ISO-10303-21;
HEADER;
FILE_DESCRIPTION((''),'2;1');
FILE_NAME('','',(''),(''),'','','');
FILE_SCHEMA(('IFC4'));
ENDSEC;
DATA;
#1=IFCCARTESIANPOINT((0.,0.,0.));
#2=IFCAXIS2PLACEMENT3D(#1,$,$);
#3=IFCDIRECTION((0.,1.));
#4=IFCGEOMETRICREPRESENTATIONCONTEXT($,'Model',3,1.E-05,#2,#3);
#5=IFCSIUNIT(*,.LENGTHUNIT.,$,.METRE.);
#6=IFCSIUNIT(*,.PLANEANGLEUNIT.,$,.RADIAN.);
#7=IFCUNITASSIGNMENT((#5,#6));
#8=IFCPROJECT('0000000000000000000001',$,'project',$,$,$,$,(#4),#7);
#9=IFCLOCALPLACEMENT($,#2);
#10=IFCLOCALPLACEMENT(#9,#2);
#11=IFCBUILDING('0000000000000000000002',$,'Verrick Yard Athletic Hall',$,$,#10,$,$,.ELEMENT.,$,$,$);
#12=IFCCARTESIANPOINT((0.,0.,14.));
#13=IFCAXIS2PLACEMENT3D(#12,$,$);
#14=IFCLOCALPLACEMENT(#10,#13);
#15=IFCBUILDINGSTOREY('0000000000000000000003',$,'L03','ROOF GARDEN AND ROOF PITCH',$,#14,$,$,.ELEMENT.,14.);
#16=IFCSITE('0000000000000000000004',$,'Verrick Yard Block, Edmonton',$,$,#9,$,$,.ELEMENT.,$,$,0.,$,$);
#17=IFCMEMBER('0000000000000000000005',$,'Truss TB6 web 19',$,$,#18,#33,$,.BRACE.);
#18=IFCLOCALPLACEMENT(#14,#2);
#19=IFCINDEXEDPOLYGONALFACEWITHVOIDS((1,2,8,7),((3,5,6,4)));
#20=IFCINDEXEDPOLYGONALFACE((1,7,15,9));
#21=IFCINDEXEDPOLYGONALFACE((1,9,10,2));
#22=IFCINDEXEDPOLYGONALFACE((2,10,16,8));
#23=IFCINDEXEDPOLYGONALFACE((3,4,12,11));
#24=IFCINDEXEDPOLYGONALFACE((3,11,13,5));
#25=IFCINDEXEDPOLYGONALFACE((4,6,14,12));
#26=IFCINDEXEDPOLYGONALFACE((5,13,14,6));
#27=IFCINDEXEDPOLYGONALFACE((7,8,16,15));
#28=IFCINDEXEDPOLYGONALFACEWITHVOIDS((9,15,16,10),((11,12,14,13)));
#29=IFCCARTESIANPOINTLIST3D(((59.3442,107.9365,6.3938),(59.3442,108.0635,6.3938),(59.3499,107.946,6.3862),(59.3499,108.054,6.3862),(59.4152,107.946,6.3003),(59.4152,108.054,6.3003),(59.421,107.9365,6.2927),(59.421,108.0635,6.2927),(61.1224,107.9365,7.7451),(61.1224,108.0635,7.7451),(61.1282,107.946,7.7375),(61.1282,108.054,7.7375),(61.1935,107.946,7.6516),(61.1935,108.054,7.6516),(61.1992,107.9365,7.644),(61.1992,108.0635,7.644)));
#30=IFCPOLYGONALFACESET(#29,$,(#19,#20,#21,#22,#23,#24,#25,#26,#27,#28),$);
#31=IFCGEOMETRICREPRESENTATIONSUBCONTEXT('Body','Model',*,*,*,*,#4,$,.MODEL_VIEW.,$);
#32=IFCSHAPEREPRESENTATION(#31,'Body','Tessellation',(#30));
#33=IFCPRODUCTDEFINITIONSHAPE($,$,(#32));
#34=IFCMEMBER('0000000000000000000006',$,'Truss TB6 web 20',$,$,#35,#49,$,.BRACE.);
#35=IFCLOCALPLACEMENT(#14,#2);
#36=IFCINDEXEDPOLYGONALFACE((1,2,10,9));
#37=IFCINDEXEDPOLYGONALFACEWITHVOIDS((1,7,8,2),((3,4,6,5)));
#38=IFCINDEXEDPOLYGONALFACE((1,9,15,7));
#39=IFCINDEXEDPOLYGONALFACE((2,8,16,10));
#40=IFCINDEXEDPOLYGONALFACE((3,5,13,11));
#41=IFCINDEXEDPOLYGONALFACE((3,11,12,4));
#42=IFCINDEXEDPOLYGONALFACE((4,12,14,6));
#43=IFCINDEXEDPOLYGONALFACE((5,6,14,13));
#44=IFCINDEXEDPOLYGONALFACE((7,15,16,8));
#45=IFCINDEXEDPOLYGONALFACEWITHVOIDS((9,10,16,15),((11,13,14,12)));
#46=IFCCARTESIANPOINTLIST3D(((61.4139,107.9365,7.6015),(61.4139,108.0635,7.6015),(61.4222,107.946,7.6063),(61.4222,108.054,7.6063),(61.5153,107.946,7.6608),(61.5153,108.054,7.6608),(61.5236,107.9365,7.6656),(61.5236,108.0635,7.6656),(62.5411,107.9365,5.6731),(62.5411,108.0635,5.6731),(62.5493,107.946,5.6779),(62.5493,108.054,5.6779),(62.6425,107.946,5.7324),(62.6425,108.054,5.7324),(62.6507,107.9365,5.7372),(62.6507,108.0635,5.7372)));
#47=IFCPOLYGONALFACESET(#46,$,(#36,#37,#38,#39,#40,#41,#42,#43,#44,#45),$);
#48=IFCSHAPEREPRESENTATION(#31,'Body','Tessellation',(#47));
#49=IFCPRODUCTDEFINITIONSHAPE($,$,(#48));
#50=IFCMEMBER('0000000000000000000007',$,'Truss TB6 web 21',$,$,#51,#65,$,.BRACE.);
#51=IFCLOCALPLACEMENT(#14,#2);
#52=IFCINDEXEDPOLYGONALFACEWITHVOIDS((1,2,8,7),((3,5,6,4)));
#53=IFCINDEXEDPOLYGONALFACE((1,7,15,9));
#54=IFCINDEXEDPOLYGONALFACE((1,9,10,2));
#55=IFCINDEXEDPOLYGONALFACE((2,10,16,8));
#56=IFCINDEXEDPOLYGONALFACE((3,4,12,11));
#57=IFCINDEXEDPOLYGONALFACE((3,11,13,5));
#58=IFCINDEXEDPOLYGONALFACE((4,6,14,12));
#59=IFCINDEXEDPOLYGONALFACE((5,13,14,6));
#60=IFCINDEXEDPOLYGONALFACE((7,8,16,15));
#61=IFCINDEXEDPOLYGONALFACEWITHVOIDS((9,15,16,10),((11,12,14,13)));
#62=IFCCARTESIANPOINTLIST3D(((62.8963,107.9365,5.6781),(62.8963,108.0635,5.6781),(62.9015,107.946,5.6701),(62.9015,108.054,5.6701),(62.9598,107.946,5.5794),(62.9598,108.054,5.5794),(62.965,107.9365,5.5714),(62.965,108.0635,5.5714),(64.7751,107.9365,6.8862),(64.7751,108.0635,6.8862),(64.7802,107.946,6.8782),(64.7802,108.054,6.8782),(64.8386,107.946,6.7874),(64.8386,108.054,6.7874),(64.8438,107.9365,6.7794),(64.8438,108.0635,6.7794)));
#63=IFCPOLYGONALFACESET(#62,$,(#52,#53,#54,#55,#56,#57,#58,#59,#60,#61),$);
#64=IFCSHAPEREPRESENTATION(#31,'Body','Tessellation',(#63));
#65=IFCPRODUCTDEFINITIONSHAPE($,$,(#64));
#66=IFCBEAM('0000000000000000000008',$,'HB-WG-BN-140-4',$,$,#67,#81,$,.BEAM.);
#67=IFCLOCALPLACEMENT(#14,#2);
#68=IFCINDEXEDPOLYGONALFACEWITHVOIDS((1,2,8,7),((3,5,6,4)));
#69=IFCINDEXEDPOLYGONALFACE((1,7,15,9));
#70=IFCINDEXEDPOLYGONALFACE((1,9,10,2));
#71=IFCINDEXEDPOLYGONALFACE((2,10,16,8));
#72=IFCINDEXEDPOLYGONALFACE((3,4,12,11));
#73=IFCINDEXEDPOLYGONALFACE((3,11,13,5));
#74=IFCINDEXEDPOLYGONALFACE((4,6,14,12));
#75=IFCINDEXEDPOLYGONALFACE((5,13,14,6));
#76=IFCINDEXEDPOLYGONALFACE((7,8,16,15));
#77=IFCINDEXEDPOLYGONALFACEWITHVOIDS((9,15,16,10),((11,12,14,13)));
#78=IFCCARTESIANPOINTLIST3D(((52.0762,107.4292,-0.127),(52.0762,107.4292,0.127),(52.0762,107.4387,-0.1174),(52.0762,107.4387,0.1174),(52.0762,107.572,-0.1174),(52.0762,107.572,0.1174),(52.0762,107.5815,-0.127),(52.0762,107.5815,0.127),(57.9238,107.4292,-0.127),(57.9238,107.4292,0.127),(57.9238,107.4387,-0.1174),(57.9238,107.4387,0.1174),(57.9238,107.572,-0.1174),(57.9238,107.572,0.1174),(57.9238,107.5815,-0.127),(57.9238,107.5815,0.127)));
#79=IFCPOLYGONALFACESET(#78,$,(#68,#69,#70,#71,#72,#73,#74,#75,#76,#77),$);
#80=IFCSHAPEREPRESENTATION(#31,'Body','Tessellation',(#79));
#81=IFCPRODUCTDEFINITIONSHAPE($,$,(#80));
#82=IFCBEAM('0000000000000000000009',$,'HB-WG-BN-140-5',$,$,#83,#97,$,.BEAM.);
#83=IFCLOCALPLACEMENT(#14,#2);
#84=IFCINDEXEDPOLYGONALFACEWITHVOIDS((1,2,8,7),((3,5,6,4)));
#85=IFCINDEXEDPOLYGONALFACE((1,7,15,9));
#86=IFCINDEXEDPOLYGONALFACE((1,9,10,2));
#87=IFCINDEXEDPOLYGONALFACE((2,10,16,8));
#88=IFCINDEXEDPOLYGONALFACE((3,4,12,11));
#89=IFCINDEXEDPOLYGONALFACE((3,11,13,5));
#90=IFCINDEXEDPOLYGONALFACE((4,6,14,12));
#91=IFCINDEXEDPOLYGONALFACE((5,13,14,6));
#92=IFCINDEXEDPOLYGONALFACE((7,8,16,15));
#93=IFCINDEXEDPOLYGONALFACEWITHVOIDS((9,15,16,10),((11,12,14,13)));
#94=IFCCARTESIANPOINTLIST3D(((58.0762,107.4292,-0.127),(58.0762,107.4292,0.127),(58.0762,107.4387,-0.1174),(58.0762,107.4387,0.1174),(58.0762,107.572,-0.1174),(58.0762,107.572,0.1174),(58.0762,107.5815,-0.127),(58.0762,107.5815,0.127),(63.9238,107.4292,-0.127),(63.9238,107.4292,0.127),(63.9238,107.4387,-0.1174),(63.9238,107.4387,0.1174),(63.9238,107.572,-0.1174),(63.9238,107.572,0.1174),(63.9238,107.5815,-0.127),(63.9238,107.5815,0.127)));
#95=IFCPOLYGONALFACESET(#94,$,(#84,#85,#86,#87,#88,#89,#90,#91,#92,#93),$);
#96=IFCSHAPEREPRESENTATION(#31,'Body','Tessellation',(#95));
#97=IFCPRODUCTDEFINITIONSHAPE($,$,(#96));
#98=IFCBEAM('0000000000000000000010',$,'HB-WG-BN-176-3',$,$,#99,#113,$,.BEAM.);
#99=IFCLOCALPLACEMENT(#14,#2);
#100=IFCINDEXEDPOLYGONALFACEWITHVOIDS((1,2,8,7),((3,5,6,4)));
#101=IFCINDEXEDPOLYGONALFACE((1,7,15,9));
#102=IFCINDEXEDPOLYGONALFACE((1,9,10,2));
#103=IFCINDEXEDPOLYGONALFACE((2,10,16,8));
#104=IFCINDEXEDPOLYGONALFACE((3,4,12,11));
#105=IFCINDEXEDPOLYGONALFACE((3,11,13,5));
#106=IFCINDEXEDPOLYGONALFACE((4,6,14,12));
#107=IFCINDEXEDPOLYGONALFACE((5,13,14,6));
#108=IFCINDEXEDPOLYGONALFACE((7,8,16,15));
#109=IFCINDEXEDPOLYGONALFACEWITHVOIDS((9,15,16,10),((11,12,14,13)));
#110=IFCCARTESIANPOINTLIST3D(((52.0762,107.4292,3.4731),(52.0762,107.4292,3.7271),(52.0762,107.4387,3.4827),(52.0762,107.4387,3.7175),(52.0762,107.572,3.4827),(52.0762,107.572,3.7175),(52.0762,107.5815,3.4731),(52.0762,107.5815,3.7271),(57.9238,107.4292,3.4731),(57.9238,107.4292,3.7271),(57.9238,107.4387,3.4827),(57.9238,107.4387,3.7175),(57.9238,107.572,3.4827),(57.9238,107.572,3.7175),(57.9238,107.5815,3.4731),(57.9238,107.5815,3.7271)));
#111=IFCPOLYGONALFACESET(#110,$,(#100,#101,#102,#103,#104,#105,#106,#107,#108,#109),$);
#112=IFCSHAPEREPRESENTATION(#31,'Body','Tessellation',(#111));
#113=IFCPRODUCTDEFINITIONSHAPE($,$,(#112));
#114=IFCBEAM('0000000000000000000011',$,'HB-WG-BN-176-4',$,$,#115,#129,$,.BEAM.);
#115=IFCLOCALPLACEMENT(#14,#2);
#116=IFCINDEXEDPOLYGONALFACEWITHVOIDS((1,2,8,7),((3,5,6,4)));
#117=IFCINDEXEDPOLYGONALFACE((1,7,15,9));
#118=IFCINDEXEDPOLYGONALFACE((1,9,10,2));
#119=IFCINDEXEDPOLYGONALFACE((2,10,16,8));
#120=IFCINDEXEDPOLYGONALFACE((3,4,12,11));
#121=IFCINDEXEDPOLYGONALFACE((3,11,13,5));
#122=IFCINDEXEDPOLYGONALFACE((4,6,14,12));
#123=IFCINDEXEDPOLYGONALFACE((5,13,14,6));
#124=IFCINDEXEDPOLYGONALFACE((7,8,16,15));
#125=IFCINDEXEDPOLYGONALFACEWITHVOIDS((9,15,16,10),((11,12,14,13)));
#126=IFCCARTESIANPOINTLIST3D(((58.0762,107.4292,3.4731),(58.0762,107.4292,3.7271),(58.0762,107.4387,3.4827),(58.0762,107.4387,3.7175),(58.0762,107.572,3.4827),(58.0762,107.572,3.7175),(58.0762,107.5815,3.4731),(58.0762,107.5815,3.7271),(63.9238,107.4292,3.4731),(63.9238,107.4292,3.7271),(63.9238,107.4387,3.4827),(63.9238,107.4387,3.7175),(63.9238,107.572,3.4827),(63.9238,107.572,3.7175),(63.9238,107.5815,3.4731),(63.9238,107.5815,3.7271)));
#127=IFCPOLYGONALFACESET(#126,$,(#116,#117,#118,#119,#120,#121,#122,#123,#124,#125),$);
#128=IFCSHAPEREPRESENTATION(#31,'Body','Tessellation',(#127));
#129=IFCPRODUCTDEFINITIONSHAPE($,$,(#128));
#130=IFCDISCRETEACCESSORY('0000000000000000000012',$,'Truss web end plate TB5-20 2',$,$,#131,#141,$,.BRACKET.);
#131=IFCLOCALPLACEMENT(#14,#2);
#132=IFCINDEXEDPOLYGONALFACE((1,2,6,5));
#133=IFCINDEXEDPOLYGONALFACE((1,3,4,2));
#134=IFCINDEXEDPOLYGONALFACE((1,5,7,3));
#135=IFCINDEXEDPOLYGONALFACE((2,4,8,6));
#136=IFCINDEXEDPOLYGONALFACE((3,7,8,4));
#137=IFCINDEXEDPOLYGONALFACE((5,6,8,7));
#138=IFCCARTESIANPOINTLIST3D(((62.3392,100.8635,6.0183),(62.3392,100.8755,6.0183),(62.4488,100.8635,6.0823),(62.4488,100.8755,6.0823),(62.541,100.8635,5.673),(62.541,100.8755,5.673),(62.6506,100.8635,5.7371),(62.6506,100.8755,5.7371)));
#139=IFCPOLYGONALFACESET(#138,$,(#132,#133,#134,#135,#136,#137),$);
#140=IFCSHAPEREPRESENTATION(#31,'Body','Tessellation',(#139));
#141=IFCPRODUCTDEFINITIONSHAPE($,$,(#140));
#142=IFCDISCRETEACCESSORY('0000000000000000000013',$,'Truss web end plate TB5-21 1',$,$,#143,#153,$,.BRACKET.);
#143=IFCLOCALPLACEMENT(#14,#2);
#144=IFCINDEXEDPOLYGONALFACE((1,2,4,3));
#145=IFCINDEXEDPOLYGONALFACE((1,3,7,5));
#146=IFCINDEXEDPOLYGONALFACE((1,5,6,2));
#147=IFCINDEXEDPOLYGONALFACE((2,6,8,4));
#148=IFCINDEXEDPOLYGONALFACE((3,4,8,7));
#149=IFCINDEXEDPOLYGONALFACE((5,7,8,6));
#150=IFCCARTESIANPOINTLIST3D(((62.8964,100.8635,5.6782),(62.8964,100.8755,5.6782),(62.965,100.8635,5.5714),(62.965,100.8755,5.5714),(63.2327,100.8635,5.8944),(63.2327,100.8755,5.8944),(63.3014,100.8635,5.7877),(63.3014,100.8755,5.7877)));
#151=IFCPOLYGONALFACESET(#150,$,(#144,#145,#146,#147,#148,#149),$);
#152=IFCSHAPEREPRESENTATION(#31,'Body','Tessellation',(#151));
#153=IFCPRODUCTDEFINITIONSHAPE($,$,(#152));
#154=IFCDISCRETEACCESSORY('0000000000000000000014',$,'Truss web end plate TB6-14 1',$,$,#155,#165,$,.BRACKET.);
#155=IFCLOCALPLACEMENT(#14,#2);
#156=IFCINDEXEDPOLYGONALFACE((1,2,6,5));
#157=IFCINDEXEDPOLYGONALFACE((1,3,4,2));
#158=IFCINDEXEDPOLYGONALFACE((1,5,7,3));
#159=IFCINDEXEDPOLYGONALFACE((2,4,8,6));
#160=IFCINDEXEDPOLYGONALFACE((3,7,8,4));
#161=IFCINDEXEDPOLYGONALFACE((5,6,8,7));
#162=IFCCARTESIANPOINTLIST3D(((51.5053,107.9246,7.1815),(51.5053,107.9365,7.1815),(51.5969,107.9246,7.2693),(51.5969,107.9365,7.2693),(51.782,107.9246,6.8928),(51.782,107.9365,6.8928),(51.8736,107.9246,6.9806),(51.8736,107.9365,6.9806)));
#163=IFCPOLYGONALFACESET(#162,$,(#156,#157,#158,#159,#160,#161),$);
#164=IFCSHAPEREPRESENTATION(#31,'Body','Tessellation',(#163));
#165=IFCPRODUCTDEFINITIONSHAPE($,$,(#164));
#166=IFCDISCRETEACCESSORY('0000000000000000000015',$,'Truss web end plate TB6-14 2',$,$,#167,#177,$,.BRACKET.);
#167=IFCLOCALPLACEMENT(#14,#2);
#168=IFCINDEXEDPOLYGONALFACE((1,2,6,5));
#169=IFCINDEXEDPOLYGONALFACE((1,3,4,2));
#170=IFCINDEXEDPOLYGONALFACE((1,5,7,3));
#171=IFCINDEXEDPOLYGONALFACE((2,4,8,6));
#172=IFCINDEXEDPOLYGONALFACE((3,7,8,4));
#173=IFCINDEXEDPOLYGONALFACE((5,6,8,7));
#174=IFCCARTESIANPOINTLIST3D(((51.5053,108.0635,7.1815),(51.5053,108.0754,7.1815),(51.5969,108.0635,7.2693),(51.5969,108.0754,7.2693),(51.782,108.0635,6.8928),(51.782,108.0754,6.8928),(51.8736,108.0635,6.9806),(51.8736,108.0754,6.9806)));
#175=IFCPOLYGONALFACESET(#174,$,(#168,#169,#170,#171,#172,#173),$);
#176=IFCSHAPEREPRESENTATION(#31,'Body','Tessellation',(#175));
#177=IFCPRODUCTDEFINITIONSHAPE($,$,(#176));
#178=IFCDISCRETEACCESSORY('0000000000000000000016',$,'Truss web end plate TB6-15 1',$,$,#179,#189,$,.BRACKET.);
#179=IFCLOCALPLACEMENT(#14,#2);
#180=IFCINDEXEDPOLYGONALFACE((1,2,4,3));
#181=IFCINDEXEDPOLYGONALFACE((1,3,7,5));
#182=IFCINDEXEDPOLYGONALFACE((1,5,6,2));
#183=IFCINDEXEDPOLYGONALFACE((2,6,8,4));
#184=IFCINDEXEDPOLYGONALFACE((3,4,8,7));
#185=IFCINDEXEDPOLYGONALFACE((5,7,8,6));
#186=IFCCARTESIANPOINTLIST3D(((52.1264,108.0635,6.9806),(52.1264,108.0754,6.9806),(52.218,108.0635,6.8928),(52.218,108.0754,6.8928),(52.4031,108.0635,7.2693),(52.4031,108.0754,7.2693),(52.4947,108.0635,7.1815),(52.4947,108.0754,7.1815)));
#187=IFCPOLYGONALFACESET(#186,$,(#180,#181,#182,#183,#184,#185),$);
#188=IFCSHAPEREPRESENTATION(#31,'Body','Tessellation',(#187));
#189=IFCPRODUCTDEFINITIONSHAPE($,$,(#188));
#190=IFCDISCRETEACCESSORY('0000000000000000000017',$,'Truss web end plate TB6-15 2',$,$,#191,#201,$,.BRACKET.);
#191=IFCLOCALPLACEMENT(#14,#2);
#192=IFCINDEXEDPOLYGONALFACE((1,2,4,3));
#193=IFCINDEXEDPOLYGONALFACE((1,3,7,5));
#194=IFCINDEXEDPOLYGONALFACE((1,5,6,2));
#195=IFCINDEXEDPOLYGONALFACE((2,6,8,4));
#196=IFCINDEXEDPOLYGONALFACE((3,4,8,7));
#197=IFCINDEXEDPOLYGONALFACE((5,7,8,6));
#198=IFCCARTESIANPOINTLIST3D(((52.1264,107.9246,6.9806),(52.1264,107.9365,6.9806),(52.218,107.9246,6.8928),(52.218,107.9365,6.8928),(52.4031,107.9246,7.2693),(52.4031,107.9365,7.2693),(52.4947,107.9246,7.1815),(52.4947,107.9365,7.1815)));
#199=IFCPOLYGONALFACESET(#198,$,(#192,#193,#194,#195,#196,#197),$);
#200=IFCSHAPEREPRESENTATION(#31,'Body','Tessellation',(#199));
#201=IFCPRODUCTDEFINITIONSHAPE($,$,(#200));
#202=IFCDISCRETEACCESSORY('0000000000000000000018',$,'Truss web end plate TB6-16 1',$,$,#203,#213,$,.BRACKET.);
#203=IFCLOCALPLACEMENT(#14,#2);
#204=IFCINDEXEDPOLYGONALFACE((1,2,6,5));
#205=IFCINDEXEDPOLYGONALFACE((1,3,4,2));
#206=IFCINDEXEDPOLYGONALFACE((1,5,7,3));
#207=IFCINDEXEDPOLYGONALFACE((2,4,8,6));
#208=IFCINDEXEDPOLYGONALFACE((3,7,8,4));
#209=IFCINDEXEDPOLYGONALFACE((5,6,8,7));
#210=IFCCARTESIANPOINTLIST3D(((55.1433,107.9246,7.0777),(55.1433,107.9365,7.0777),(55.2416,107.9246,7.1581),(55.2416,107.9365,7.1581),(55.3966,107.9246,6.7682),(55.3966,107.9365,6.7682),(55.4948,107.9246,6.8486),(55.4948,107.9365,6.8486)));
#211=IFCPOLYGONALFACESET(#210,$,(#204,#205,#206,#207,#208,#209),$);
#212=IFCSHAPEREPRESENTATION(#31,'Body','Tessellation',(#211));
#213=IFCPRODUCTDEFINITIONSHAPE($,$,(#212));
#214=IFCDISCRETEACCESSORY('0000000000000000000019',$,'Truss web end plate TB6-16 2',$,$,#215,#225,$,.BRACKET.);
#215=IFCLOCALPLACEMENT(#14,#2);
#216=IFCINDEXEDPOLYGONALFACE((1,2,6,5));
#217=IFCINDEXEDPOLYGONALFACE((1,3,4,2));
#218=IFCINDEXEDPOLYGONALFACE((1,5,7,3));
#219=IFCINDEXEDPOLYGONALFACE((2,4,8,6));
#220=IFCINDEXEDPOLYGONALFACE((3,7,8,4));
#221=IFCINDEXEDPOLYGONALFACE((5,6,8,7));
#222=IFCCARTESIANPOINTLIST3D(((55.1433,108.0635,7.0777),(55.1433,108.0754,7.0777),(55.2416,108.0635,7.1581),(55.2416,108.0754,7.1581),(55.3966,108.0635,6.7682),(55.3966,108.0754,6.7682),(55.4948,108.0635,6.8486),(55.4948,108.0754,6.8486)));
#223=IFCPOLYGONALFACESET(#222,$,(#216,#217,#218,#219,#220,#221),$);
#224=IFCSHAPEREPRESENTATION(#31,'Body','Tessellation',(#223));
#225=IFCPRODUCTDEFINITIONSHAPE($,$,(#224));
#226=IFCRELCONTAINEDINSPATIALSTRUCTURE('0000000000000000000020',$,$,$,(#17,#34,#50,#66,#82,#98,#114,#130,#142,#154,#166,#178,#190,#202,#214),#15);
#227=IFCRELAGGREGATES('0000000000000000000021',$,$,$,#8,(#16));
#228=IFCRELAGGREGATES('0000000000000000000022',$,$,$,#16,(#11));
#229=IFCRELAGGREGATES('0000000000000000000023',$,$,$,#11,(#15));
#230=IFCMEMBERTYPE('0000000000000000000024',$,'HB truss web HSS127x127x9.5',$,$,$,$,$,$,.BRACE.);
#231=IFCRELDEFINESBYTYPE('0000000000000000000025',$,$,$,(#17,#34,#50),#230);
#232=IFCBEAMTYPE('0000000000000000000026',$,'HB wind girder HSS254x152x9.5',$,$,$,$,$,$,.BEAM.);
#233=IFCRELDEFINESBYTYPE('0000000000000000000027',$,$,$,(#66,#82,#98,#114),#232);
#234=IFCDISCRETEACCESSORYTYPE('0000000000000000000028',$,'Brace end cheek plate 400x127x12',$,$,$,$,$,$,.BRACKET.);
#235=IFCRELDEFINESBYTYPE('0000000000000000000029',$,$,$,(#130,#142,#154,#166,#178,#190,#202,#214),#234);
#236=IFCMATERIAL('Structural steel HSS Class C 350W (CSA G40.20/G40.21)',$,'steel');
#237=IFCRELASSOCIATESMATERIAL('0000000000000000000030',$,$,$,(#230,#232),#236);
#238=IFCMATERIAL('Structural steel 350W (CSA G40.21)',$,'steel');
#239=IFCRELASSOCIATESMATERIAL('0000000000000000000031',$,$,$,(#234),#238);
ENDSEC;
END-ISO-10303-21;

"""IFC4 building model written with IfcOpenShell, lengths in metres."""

from ifc_helpers import new_model, si_unit, direction, frame, origin, origin_2d, place, context, subcontext, project, spatial, rectangle, hollow_rectangle, extrude, material, material_profile, profile_set, type_object, element, save


model = new_model("IFC4")

# Units and contexts
model_context = context("Model", 3, precision=1e-05, world=origin(), true_north=direction((0.0, 1.0)))
body_context = subcontext(model_context, "Body", "Model", "MODEL_VIEW")
ifc_project = project(units=[si_unit("LENGTHUNIT", "METRE"), si_unit("PLANEANGLEUNIT", "RADIAN")], contexts=[model_context])

# Site, building, storey
site_placement = place(None, origin())
site = spatial("IfcSite", under=ifc_project, at=site_placement, Name="Verrick Yard Block, Edmonton", CompositionType="ELEMENT", RefElevation=0.0)
building_placement = place(site_placement, origin())
building = spatial("IfcBuilding", under=site, at=building_placement, Name="Verrick Yard Athletic Hall", CompositionType="ELEMENT")
storey_placement = place(building_placement, frame((0.0, 0.0, 14.0)))
storey = spatial("IfcBuildingStorey", under=building, at=storey_placement, Name="L03", Description="ROOF GARDEN AND ROOF PITCH", CompositionType="ELEMENT", Elevation=14.0)

# Members
ifc_material_1 = material(Name="Structural steel HSS Class C 350W (CSA G40.20/G40.21)", Category="steel")
ifc_material_profile_1 = material_profile(ifc_material_1, hollow_rectangle(XDim=0.127, YDim=0.127, WallThickness=0.0095, at=origin_2d()), Name="HSS127x127x9.5")
ifc_profile_set_1 = profile_set([ifc_material_profile_1], Name="Structural steel HSS Class C 350W (CSA G40.20/G40.21)")
member_type_1 = type_object("IfcMemberType", Name="HB truss web HSS127x127x9.5", PredefinedType="BRACE", material=ifc_profile_set_1)
member_1_placement = place(storey_placement, frame((59.3826, 108.0, 6.3433), z_axis=(0.796206, 0.0, 0.605025), x_axis=(0.0, 1.0, 0.0)))
element("IfcMember", 1, at=member_1_placement, inside=storey, type_object=member_type_1, Name="Truss TB6 web 19", PredefinedType="BRACE", context=body_context, shape_type="SweptSolid", body=[
    extrude(hollow_rectangle(XDim=0.127, YDim=0.127, WallThickness=0.0095, at=origin_2d()), origin(), (0.0, 0.0, 1.0), 2.2334),
])
for number, where, z_axis, x_axis, name in (
    (2, (61.4688, 108.0, 7.6335), (0.504625, 0.0, -0.863339), (0.0, 1.0, 0.0), "Truss TB6 web 20"),
    (3, (62.9307, 108.0, 5.6248), (0.841118, 0.0, 0.540852), (0.0, 1.0, 0.0), "Truss TB6 web 21"),
):
    element("IfcMember", number, at=place(storey_placement, frame(where, z_axis=z_axis, x_axis=x_axis)), inside=storey, type_object=member_type_1, Name=name, PredefinedType="BRACE", context=body_context, shape_type="SweptSolid", body=[
        extrude(hollow_rectangle(XDim=0.127, YDim=0.127, WallThickness=0.0095, at=origin_2d()), origin(), (0.0, 0.0, 1.0), 2.2336),
    ])

# Beams
ifc_material_profile_2 = material_profile(ifc_material_1, hollow_rectangle(XDim=0.1523, YDim=0.2539, WallThickness=0.0095, at=origin_2d()), Name="HSS254x152x9.5")
ifc_profile_set_2 = profile_set([ifc_material_profile_2], Name="Structural steel HSS Class C 350W (CSA G40.20/G40.21)")
beam_type = type_object("IfcBeamType", Name="HB wind girder HSS254x152x9.5", PredefinedType="BEAM", material=ifc_profile_set_2)
for number, where, z_axis, x_axis, name in (
    (4, (52.0762, 107.5054, 0.0), (1.0, 0.0, 0.0), (0.0, 1.0, 0.0), "HB-WG-BN-140-4"),
    (5, (58.0762, 107.5054, 0.0), (1.0, 0.0, 0.0), (0.0, 1.0, 0.0), "HB-WG-BN-140-5"),
    (6, (52.0762, 107.5054, 3.6001), (1.0, 0.0, 0.0), (0.0, 1.0, 0.0), "HB-WG-BN-176-3"),
    (7, (58.0762, 107.5054, 3.6001), (1.0, 0.0, 0.0), (0.0, 1.0, 0.0), "HB-WG-BN-176-4"),
):
    element("IfcBeam", number, at=place(storey_placement, frame(where, z_axis=z_axis, x_axis=x_axis)), inside=storey, type_object=beam_type, Name=name, PredefinedType="BEAM", context=body_context, shape_type="SweptSolid", body=[
        extrude(hollow_rectangle(XDim=0.1523, YDim=0.2539, WallThickness=0.0095, at=origin_2d()), origin(), (0.0, 0.0, 1.0), 5.8477),
    ])

# Discrete accessories
ifc_material_2 = material(Name="Structural steel 350W (CSA G40.21)", Category="steel")
ifc_material_profile_3 = material_profile(ifc_material_2, rectangle(XDim=0.3999, YDim=0.127, at=origin_2d()), Name="Brace end cheek plate")
ifc_profile_set_3 = profile_set([ifc_material_profile_3], Name="Structural steel 350W (CSA G40.21)")
discrete_accessory_type_1 = type_object("IfcDiscreteAccessoryType", Name="Brace end cheek plate 400x127x12", PredefinedType="BRACKET", material=ifc_profile_set_3)
for number, where, z_axis, x_axis, name in (
    (8, (62.4949, 100.8635, 5.8777), (0.0, 1.0, 0.0), (-0.504597, 0.0, 0.863355), "Truss web end plate TB5-20 2"),
    (9, (63.0989, 100.8635, 5.7329), (0.0, 1.0, 0.0), (0.841141, 0.0, 0.540816), "Truss web end plate TB5-21 1"),
    (10, (51.6895, 107.9365, 7.0811), (0.0, -1.0, 0.0), (-0.691925, 0.0, 0.721969), "Truss web end plate TB6-14 1"),
    (11, (51.6895, 108.0635, 7.0811), (0.0, 1.0, 0.0), (-0.691925, 0.0, 0.721969), "Truss web end plate TB6-14 2"),
    (12, (52.3105, 108.0635, 7.0811), (0.0, 1.0, 0.0), (0.691925, 0.0, 0.721969), "Truss web end plate TB6-15 1"),
    (13, (52.3105, 107.9365, 7.0811), (0.0, -1.0, 0.0), (0.691925, 0.0, 0.721969), "Truss web end plate TB6-15 2"),
    (14, (55.3191, 107.9365, 6.9631), (0.0, -1.0, 0.0), (-0.633246, 0.0, 0.773951), "Truss web end plate TB6-16 1"),
    (15, (55.3191, 108.0635, 6.9631), (0.0, 1.0, 0.0), (-0.633246, 0.0, 0.773951), "Truss web end plate TB6-16 2"),
):
    element("IfcDiscreteAccessory", number, at=place(storey_placement, frame(where, z_axis=z_axis, x_axis=x_axis)), inside=storey, type_object=discrete_accessory_type_1, Name=name, PredefinedType="BRACKET", context=body_context, shape_type="SweptSolid", body=[
        extrude(rectangle(XDim=0.3999, YDim=0.127, at=origin_2d()), origin(), (0.0, 0.0, 1.0), 0.012),
    ])

save(model, "model.ifc")
